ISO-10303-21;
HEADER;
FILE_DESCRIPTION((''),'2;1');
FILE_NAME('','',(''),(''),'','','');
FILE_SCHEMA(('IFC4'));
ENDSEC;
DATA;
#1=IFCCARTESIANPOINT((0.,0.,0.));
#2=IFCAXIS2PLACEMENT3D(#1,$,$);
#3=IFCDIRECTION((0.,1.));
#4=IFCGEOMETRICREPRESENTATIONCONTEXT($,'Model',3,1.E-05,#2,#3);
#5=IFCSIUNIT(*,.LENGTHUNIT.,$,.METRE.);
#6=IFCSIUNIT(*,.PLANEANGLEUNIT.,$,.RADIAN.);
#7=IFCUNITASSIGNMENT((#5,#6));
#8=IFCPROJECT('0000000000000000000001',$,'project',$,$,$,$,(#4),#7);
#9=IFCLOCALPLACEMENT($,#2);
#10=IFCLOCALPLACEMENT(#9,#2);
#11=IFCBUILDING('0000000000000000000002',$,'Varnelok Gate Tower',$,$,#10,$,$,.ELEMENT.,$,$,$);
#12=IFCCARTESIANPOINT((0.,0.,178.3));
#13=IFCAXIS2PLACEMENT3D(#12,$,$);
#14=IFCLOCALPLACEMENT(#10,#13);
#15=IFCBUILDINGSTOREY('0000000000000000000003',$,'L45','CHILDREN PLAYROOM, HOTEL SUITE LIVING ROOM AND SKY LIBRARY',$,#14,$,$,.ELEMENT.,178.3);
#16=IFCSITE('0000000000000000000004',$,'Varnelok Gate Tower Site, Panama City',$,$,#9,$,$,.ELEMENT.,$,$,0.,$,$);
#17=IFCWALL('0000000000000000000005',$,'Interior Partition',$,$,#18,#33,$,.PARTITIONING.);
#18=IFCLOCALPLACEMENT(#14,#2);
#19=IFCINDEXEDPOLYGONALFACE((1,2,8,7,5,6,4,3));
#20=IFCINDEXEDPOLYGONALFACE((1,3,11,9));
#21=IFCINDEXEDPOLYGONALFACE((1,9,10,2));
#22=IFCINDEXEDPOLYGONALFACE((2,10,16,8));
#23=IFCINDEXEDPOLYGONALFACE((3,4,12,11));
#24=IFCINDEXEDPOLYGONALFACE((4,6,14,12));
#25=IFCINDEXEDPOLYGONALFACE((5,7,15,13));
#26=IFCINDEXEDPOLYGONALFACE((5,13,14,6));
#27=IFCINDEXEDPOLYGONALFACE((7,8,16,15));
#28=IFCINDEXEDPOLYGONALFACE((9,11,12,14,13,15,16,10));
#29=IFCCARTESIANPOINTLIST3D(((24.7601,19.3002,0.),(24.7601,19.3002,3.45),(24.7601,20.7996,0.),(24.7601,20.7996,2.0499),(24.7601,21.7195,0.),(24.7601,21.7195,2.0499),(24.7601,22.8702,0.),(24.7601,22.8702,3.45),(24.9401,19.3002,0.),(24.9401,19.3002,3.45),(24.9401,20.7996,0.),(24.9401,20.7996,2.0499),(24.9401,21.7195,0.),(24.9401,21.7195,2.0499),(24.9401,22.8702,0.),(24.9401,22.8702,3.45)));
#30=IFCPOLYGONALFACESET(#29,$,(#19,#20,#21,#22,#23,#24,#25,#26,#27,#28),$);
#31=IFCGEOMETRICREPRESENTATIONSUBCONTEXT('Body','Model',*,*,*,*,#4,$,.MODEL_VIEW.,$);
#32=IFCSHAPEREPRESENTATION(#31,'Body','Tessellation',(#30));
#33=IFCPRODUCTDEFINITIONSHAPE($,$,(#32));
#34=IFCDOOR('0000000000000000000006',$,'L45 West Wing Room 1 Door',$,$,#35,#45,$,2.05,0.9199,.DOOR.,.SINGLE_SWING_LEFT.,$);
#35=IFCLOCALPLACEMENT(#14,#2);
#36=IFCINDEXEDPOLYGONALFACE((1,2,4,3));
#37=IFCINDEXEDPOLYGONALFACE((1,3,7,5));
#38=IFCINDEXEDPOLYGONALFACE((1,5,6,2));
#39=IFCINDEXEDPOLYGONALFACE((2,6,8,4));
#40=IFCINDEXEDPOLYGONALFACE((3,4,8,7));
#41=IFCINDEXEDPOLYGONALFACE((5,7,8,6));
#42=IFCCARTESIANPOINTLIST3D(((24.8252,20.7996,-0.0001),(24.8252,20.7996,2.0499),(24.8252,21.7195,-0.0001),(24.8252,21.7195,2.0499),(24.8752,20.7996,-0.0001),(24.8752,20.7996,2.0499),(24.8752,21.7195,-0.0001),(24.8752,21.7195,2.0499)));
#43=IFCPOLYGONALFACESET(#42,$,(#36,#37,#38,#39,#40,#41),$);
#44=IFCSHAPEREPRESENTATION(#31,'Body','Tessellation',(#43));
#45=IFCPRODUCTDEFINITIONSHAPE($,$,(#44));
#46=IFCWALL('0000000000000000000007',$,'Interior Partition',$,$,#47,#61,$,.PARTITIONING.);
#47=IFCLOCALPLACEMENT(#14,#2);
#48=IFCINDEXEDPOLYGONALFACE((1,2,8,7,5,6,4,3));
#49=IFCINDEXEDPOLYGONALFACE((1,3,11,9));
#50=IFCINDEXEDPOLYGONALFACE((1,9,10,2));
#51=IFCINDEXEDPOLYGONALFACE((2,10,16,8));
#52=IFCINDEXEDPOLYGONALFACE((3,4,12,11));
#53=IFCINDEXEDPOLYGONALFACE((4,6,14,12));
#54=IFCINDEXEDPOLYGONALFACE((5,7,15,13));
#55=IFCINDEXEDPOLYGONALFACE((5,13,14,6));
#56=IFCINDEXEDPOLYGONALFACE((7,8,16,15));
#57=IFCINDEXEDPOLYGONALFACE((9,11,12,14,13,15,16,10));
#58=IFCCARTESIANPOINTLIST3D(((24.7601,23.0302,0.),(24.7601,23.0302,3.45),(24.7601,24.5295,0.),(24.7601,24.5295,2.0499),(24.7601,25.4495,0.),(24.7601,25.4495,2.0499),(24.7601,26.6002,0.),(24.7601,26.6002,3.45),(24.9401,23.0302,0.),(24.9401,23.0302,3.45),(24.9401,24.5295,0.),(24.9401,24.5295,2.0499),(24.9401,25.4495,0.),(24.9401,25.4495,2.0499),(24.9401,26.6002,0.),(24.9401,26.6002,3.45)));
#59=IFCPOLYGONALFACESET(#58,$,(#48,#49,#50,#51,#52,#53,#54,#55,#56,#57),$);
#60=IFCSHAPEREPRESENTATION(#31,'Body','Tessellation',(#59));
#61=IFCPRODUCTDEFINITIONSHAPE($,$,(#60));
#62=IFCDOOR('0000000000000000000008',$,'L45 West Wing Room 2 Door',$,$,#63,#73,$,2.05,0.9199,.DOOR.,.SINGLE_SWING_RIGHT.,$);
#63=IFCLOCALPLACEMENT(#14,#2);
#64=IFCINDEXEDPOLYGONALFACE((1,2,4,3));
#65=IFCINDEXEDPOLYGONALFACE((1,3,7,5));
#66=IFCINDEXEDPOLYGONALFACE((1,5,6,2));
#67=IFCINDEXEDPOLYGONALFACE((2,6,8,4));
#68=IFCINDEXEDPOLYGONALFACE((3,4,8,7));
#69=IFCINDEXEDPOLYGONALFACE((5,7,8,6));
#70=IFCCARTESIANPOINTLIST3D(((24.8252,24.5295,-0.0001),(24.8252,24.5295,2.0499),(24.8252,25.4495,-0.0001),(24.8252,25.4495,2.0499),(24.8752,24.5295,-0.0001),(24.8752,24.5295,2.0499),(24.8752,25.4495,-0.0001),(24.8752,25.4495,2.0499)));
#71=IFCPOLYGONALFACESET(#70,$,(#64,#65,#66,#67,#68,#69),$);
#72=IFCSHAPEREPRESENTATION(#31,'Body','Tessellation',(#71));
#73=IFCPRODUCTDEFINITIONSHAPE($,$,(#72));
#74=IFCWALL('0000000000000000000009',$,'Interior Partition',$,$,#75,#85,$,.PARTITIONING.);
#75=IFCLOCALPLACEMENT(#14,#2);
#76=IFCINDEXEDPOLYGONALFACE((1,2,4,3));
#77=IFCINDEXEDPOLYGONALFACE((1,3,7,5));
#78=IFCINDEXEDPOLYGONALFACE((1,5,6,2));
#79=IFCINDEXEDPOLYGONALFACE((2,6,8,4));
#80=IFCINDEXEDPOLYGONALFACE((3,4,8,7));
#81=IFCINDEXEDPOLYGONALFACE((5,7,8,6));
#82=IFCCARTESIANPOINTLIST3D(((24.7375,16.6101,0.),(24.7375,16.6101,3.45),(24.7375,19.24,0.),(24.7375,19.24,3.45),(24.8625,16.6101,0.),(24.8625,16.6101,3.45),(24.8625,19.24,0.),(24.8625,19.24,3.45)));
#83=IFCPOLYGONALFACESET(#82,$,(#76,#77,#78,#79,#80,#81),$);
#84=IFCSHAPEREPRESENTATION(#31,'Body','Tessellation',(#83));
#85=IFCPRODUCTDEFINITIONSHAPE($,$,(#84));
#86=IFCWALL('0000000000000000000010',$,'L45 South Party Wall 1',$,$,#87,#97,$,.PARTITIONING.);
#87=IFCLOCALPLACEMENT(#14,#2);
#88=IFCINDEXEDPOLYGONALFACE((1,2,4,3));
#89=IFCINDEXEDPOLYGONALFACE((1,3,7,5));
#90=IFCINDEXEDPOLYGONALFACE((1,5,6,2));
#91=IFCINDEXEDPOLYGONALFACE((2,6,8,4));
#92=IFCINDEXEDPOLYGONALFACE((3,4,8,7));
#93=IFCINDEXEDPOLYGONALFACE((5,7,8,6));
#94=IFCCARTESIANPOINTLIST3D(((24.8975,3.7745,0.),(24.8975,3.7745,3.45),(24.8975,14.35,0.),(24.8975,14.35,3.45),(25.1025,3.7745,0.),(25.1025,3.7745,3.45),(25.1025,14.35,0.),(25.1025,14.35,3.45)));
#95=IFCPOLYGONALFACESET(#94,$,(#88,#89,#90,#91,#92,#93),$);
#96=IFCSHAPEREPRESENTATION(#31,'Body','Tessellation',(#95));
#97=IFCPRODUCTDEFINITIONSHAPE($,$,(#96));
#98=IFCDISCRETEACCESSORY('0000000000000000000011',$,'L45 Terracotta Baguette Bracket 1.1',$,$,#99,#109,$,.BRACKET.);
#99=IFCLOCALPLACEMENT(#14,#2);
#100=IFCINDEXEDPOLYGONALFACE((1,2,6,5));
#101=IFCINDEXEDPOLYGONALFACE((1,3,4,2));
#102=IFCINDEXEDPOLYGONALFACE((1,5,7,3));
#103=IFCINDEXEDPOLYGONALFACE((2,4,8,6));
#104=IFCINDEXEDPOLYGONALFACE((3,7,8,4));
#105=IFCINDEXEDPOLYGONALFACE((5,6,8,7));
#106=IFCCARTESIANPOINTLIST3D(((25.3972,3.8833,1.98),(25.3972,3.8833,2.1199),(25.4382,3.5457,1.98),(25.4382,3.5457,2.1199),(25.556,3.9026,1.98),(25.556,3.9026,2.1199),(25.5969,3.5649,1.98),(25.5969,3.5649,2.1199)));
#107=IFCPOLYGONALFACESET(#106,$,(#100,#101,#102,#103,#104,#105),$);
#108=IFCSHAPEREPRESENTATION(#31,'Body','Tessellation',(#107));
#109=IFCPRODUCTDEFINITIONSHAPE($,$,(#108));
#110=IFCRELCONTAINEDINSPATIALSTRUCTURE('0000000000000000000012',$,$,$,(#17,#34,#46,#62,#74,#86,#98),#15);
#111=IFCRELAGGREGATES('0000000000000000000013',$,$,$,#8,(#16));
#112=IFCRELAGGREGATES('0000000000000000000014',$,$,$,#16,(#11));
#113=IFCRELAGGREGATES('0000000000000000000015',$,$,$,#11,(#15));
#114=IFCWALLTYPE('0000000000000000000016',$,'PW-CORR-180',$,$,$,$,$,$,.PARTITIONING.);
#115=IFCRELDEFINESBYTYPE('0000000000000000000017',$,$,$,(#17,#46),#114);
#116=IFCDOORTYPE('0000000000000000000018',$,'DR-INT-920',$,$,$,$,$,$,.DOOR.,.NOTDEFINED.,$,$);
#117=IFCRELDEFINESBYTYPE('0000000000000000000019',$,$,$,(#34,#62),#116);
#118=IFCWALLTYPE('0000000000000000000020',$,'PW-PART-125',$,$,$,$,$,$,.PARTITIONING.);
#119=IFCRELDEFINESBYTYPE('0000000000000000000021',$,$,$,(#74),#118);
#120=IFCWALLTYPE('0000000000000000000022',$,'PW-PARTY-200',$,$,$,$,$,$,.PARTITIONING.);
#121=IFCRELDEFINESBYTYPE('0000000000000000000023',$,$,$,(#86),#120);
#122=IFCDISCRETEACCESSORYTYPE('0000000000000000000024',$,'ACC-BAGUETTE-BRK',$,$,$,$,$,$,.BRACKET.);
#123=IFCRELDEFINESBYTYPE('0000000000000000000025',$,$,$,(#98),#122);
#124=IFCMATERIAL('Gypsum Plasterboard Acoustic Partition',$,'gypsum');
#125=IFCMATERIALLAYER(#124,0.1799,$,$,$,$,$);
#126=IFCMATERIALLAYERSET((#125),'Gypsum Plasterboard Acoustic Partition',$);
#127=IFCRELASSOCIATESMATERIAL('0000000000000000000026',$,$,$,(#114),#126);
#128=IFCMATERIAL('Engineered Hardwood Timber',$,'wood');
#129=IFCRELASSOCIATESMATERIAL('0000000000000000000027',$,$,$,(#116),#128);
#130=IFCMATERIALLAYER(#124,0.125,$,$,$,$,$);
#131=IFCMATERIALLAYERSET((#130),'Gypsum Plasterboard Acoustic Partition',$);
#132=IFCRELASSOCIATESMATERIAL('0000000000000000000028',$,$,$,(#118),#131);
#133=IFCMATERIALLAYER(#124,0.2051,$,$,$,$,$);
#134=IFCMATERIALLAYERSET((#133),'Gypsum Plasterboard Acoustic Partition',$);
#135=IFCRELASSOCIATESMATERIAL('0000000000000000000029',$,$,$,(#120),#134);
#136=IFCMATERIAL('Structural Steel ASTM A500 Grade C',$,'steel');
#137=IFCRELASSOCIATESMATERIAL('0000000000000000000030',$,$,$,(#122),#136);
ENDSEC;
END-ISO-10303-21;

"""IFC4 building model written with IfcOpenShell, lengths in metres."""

from ifc_helpers import new_model, si_unit, direction, frame, frame_2d, origin, origin_2d, place, context, subcontext, project, spatial, rectangle, extrude, source, transform, mapped, material, layer, layer_set, type_object, element, fill, save


model = new_model("IFC4")

# Units and contexts
model_context = context("Model", 3, precision=1e-05, world=origin(), true_north=direction((0.0, 1.0)))
body_context = subcontext(model_context, "Body", "Model", "MODEL_VIEW")
ifc_project = project(units=[si_unit("LENGTHUNIT", "METRE"), si_unit("PLANEANGLEUNIT", "RADIAN")], contexts=[model_context])

# Site, building, storey
site_placement = place(None, origin())
site = spatial("IfcSite", under=ifc_project, at=site_placement, Name="Varnelok Gate Tower Site, Panama City", CompositionType="ELEMENT", RefElevation=0.0)
building_placement = place(site_placement, origin())
building = spatial("IfcBuilding", under=site, at=building_placement, Name="Varnelok Gate Tower", CompositionType="ELEMENT")
storey_placement = place(building_placement, frame((0.0, 0.0, 178.3)))
storey = spatial("IfcBuildingStorey", under=building, at=storey_placement, Name="L45", Description="CHILDREN PLAYROOM, HOTEL SUITE LIVING ROOM AND SKY LIBRARY", CompositionType="ELEMENT", Elevation=178.3)

# Walls, openings, doors
ifc_material_1 = material(Name="Gypsum Plasterboard Acoustic Partition", Category="gypsum")
ifc_layer_1 = layer(ifc_material_1, 0.1799)
ifc_layer_set_1 = layer_set([ifc_layer_1], Name="Gypsum Plasterboard Acoustic Partition")
wall_type_1 = type_object("IfcWallType", Name="PW-CORR-180", PredefinedType="PARTITIONING", material=ifc_layer_set_1)
ifc_material_2 = material(Name="Engineered Hardwood Timber", Category="wood")
wall_1_placement = place(storey_placement, frame((24.8501, 19.3, 0.0), z_axis=(0.0, 0.0, 1.0), x_axis=(0.0, 1.0, 0.0)))
wall_1 = element("IfcWall", 1, at=wall_1_placement, inside=storey, type_object=wall_type_1, Name="Interior Partition", PredefinedType="PARTITIONING", context=body_context, shape_type="SweptSolid", body=[
    extrude(rectangle(XDim=3.5701, YDim=0.1799, at=frame_2d((1.7852, 0.0))), origin(), (0.0, 0.0, 1.0), 3.45),
])
opening_1_placement = place(wall_1_placement, frame((1.4995, 0.0, 0.0)))
opening_1 = element("IfcOpeningElement", 2, at=opening_1_placement, cuts=wall_1, PredefinedType="OPENING", context=body_context, shape_type="SweptSolid", body=[
    extrude(rectangle(XDim=0.9199, YDim=2.05, at=frame_2d((0.46, 1.0249))), frame((0.0, 0.0999, 0.0), z_axis=(0.0, -1.0, 0.0), x_axis=(1.0, 0.0, 0.0)), (0.0, 0.0, 1.0), 0.2),
])
door_type_1 = type_object("IfcDoorType", Name="DR-INT-920", OperationType="NOTDEFINED", PredefinedType="DOOR", material=ifc_material_2)
door_1_placement = place(opening_1_placement, origin())
door_1 = element("IfcDoor", 3, at=door_1_placement, inside=storey, type_object=door_type_1, Name="L45 West Wing Room 1 Door", OperationType="SINGLE_SWING_LEFT", OverallHeight=2.05, OverallWidth=0.9199, PredefinedType="DOOR", context=body_context, shape_type="SweptSolid", body=[
    extrude(rectangle(XDim=0.9199, YDim=2.05, at=frame_2d((0.46, 1.0249))), frame((0.0, 0.0249, 0.0), z_axis=(0.0, -1.0, 0.0), x_axis=(1.0, 0.0, 0.0)), (0.0, 0.0, 1.0), 0.05),
])
fill(opening_1, door_1)
wall_2_placement = place(storey_placement, frame((24.8501, 23.03, 0.0), z_axis=(0.0, 0.0, 1.0), x_axis=(0.0, 1.0, 0.0)))
wall_2 = element("IfcWall", 4, at=wall_2_placement, inside=storey, type_object=wall_type_1, Name="Interior Partition", PredefinedType="PARTITIONING", context=body_context, shape_type="SweptSolid", body=[
    extrude(rectangle(XDim=3.5701, YDim=0.1799, at=frame_2d((1.7852, 0.0))), origin(), (0.0, 0.0, 1.0), 3.45),
])
opening_2_placement = place(wall_2_placement, frame((1.4995, 0.0, 0.0)))
opening_2 = element("IfcOpeningElement", 5, at=opening_2_placement, cuts=wall_2, PredefinedType="OPENING", context=body_context, shape_type="SweptSolid", body=[
    extrude(rectangle(XDim=0.9199, YDim=2.05, at=frame_2d((0.46, 1.0249))), frame((0.0, 0.0999, 0.0), z_axis=(0.0, -1.0, 0.0), x_axis=(1.0, 0.0, 0.0)), (0.0, 0.0, 1.0), 0.2),
])
door_2_placement = place(opening_2_placement, origin())
door_2 = element("IfcDoor", 6, at=door_2_placement, inside=storey, type_object=door_type_1, Name="L45 West Wing Room 2 Door", OperationType="SINGLE_SWING_RIGHT", OverallHeight=2.05, OverallWidth=0.9199, PredefinedType="DOOR", context=body_context, shape_type="SweptSolid", body=[
    extrude(rectangle(XDim=0.9199, YDim=2.05, at=frame_2d((0.46, 1.0249))), frame((0.0, 0.0249, 0.0), z_axis=(0.0, -1.0, 0.0), x_axis=(1.0, 0.0, 0.0)), (0.0, 0.0, 1.0), 0.05),
])
fill(opening_2, door_2)

# Walls
ifc_layer_2 = layer(ifc_material_1, 0.125)
ifc_layer_set_2 = layer_set([ifc_layer_2], Name="Gypsum Plasterboard Acoustic Partition")
wall_type_2 = type_object("IfcWallType", Name="PW-PART-125", PredefinedType="PARTITIONING", material=ifc_layer_set_2)
wall_3_placement = place(storey_placement, frame((24.8, 16.6101, 0.0), z_axis=(0.0, 0.0, 1.0), x_axis=(0.0, 1.0, 0.0)))
element("IfcWall", 7, at=wall_3_placement, inside=storey, type_object=wall_type_2, Name="Interior Partition", PredefinedType="PARTITIONING", context=body_context, shape_type="SweptSolid", body=[
    extrude(rectangle(XDim=2.6299, YDim=0.125, at=frame_2d((1.3149, 0.0))), origin(), (0.0, 0.0, 1.0), 3.45),
])
ifc_layer_3 = layer(ifc_material_1, 0.2051)
ifc_layer_set_3 = layer_set([ifc_layer_3], Name="Gypsum Plasterboard Acoustic Partition")
wall_type_3 = type_object("IfcWallType", Name="PW-PARTY-200", PredefinedType="PARTITIONING", material=ifc_layer_set_3)
wall_4_placement = place(storey_placement, frame((25.0, 3.7747, 0.0), z_axis=(0.0, 0.0, 1.0), x_axis=(0.0, 1.0, 0.0)))
element("IfcWall", 8, at=wall_4_placement, inside=storey, type_object=wall_type_3, Name="L45 South Party Wall 1", PredefinedType="PARTITIONING", context=body_context, shape_type="SweptSolid", body=[
    extrude(rectangle(XDim=10.5754, YDim=0.2051, at=frame_2d((5.2876, 0.0))), origin(), (0.0, 0.0, 1.0), 3.45),
])

# Discrete accessory
ifc_material_3 = material(Name="Structural Steel ASTM A500 Grade C", Category="steel")
discrete_accessory_type = type_object("IfcDiscreteAccessoryType", Name="ACC-BAGUETTE-BRK", PredefinedType="BRACKET", material=ifc_material_3)
shared_shape = source(origin(), body_context, "Body", "SweptSolid", [
    extrude(rectangle(XDim=0.1599, YDim=0.3401, at=origin_2d()), origin(), (0.0, 0.0, 1.0), 0.1399),
])
discrete_accessory_placement = place(storey_placement, frame((25.4971, 3.7241, 1.98), z_axis=(0.0, 0.0, 1.0), x_axis=(0.992732, 0.120345, 0.0)))
element("IfcDiscreteAccessory", 9, at=discrete_accessory_placement, inside=storey, type_object=discrete_accessory_type, Name="L45 Terracotta Baguette Bracket 1.1", PredefinedType="BRACKET", context=body_context, shape_type="MappedRepresentation", body=[
    mapped(shared_shape, transform((0.0, 0.0, 0.0), scale=1.0)),
])

save(model, "model.ifc")
